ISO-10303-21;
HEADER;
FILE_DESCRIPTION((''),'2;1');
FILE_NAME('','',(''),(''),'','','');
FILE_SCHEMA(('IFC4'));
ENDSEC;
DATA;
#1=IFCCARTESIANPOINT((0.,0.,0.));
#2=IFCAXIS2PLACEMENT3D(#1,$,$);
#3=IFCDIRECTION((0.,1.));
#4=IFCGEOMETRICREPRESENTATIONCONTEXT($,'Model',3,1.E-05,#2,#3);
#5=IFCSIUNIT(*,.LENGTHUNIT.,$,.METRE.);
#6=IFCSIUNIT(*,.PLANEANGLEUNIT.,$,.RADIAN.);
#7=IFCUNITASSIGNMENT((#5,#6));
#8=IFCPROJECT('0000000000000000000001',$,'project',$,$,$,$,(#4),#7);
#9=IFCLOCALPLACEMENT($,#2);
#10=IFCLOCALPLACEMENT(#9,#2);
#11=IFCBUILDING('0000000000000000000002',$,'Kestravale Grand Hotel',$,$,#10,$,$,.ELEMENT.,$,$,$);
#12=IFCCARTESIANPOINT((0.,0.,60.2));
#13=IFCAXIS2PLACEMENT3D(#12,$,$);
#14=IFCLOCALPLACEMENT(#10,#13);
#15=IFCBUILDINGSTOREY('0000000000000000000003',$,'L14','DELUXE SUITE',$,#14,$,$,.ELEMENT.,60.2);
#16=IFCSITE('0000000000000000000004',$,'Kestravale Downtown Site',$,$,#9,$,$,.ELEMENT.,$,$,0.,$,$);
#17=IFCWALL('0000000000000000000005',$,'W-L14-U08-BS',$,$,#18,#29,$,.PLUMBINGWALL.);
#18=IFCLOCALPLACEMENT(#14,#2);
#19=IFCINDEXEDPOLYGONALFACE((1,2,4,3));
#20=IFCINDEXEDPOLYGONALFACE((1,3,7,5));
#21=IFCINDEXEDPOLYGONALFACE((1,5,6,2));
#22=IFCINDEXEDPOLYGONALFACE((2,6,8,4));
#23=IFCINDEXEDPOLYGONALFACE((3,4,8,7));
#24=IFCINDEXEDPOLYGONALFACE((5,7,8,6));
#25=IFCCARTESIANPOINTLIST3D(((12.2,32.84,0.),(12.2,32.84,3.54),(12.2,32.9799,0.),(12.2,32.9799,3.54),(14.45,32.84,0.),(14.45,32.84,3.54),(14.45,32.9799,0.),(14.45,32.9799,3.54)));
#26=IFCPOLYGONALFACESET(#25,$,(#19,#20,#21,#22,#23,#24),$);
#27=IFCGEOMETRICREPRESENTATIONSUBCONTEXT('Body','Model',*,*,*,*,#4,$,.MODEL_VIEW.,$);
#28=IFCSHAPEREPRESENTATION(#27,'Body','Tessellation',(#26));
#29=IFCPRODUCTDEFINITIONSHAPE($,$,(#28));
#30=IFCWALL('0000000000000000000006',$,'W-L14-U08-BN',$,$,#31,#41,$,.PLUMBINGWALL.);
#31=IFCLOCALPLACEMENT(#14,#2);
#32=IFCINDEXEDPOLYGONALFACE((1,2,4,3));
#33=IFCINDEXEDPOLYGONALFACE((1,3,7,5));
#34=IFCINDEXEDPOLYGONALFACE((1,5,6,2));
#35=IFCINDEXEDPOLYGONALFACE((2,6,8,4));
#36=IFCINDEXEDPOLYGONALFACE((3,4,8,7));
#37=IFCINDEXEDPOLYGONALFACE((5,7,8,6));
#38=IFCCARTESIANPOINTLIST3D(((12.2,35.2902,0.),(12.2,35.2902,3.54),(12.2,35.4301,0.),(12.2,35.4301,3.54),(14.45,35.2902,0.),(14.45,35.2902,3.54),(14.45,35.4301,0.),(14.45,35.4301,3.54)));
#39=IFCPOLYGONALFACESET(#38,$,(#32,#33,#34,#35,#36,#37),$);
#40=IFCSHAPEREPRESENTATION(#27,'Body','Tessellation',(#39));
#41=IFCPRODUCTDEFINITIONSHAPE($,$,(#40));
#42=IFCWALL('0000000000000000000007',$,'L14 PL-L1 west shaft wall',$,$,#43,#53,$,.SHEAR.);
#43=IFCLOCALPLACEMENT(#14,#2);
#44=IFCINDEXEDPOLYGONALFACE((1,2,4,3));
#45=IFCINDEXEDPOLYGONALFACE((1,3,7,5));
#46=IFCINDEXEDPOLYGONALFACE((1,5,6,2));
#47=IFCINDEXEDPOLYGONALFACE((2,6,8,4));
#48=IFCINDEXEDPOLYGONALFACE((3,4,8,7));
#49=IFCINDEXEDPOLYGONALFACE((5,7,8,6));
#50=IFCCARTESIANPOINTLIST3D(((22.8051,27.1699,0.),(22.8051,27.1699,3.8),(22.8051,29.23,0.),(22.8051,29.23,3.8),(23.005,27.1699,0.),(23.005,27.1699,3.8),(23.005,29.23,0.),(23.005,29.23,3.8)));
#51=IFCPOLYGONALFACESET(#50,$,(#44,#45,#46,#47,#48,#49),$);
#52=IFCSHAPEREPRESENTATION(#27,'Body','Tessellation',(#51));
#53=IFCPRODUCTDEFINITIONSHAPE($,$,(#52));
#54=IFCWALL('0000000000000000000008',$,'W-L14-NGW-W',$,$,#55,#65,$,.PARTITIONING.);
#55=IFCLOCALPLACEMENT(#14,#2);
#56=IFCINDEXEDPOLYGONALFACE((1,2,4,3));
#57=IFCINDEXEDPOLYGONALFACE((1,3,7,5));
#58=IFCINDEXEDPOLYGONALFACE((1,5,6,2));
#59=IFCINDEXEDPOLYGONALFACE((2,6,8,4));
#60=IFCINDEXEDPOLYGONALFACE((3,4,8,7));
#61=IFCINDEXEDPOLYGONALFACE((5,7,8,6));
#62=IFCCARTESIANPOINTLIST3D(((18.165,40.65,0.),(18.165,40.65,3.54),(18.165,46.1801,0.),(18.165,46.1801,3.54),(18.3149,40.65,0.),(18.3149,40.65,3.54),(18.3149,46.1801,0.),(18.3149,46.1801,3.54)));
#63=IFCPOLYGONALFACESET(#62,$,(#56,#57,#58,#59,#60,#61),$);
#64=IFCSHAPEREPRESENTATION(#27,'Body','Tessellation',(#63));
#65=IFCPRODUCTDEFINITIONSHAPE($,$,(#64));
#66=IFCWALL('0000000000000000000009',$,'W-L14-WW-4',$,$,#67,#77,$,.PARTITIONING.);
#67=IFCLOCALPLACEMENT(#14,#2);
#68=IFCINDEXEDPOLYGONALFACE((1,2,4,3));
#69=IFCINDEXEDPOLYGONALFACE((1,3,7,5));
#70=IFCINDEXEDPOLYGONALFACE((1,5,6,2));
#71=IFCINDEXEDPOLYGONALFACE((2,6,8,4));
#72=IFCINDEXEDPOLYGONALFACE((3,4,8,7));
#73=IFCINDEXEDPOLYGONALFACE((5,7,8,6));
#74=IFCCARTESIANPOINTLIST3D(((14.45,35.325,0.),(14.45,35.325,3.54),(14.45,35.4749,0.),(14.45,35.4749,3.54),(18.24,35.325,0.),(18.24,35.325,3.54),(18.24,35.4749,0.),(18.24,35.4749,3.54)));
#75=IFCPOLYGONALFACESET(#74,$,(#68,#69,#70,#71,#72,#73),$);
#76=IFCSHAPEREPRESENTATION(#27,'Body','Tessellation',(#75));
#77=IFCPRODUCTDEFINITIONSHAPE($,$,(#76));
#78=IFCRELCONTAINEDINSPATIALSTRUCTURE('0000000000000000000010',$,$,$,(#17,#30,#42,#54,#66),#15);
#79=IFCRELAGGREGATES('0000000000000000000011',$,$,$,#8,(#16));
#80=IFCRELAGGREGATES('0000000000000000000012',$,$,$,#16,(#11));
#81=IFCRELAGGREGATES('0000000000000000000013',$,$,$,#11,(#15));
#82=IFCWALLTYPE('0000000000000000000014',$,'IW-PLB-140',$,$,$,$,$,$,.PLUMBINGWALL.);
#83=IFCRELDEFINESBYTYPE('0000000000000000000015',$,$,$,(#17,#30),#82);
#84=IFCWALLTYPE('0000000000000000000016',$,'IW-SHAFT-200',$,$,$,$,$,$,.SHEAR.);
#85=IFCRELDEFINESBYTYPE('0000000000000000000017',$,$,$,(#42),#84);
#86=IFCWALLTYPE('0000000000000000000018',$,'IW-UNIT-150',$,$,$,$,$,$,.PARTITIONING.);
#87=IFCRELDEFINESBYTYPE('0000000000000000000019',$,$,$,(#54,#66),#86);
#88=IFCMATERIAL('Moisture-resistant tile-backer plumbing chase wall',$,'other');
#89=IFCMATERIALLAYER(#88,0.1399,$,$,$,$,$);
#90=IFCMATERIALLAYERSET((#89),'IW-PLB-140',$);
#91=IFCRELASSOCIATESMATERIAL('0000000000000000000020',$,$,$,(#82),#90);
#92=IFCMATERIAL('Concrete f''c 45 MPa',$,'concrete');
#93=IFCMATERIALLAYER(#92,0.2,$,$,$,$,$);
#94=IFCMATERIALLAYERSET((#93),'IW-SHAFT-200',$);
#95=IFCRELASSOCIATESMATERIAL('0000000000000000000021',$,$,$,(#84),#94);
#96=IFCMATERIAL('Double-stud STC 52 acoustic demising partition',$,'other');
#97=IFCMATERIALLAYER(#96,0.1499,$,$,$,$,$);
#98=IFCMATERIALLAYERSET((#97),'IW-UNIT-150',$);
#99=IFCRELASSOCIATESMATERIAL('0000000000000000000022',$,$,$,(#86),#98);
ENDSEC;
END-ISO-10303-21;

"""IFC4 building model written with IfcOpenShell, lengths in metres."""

from ifc_helpers import new_model, si_unit, direction, frame, frame_2d, origin, place, context, subcontext, project, spatial, rectangle, extrude, material, layer, layer_set, type_object, element, save


model = new_model("IFC4")

# Units and contexts
model_context = context("Model", 3, precision=1e-05, world=origin(), true_north=direction((0.0, 1.0)))
body_context = subcontext(model_context, "Body", "Model", "MODEL_VIEW")
ifc_project = project(units=[si_unit("LENGTHUNIT", "METRE"), si_unit("PLANEANGLEUNIT", "RADIAN")], contexts=[model_context])

# Site, building, storey
site_placement = place(None, origin())
site = spatial("IfcSite", under=ifc_project, at=site_placement, Name="Kestravale Downtown Site", CompositionType="ELEMENT", RefElevation=0.0)
building_placement = place(site_placement, origin())
building = spatial("IfcBuilding", under=site, at=building_placement, Name="Kestravale Grand Hotel", CompositionType="ELEMENT")
storey_placement = place(building_placement, frame((0.0, 0.0, 60.2)))
storey = spatial("IfcBuildingStorey", under=building, at=storey_placement, Name="L14", Description="DELUXE SUITE", CompositionType="ELEMENT", Elevation=60.2)

# Shared definitions
ifc_material_1 = material(Name="Moisture-resistant tile-backer plumbing chase wall", Category="other")
ifc_layer_1 = layer(ifc_material_1, 0.1399)
ifc_layer_set_1 = layer_set([ifc_layer_1], Name="IW-PLB-140")
wall_type_1 = type_object("IfcWallType", Name="IW-PLB-140", PredefinedType="PLUMBINGWALL", material=ifc_layer_set_1)

# Walls
for number, where, z_axis, x_axis, name in (
    (1, (12.2, 32.9099, 0.0), (0.0, 0.0, 1.0), (1.0, 0.0, 0.0), "W-L14-U08-BS"),
    (2, (12.2, 35.3601, 0.0), (0.0, 0.0, 1.0), (1.0, 0.0, 0.0), "W-L14-U08-BN"),
):
    element("IfcWall", number, at=place(storey_placement, frame(where, z_axis=z_axis, x_axis=x_axis)), inside=storey, type_object=wall_type_1, Name=name, PredefinedType="PLUMBINGWALL", context=body_context, shape_type="SweptSolid", body=[
        extrude(rectangle(XDim=2.25, YDim=0.1399, at=frame_2d((1.125, 0.0))), origin(), (0.0, 0.0, 1.0), 3.54),
    ])
ifc_material_2 = material(Name="Concrete f'c 45 MPa", Category="concrete")
ifc_layer_2 = layer(ifc_material_2, 0.2)
ifc_layer_set_2 = layer_set([ifc_layer_2], Name="IW-SHAFT-200")
wall_type_2 = type_object("IfcWallType", Name="IW-SHAFT-200", PredefinedType="SHEAR", material=ifc_layer_set_2)
wall_1_placement = place(storey_placement, frame((22.905, 27.1699, 0.0), z_axis=(0.0, 0.0, 1.0), x_axis=(0.0, 1.0, 0.0)))
element("IfcWall", 3, at=wall_1_placement, inside=storey, type_object=wall_type_2, Name="L14 PL-L1 west shaft wall", PredefinedType="SHEAR", context=body_context, shape_type="SweptSolid", body=[
    extrude(rectangle(XDim=2.0601, YDim=0.2, at=frame_2d((1.03, 0.0))), origin(), (0.0, 0.0, 1.0), 3.8),
])

# Shared definitions
ifc_material_3 = material(Name="Double-stud STC 52 acoustic demising partition", Category="other")
ifc_layer_3 = layer(ifc_material_3, 0.1499)
ifc_layer_set_3 = layer_set([ifc_layer_3], Name="IW-UNIT-150")
wall_type_3 = type_object("IfcWallType", Name="IW-UNIT-150", PredefinedType="PARTITIONING", material=ifc_layer_set_3)

# Walls
wall_2_placement = place(storey_placement, frame((18.24, 40.6499, 0.0), z_axis=(0.0, 0.0, 1.0), x_axis=(0.0, 1.0, 0.0)))
element("IfcWall", 4, at=wall_2_placement, inside=storey, type_object=wall_type_3, Name="W-L14-NGW-W", PredefinedType="PARTITIONING", context=body_context, shape_type="SweptSolid", body=[
    extrude(rectangle(XDim=5.53, YDim=0.1499, at=frame_2d((2.7651, 0.0))), origin(), (0.0, 0.0, 1.0), 3.54),
])
wall_3_placement = place(storey_placement, frame((14.45, 35.3999, 0.0), z_axis=(0.0, 0.0, 1.0), x_axis=(1.0, 0.0, 0.0)))
element("IfcWall", 5, at=wall_3_placement, inside=storey, type_object=wall_type_3, Name="W-L14-WW-4", PredefinedType="PARTITIONING", context=body_context, shape_type="SweptSolid", body=[
    extrude(rectangle(XDim=3.79, YDim=0.1499, at=frame_2d((1.895, 0.0))), origin(), (0.0, 0.0, 1.0), 3.54),
])

save(model, "model.ifc")
